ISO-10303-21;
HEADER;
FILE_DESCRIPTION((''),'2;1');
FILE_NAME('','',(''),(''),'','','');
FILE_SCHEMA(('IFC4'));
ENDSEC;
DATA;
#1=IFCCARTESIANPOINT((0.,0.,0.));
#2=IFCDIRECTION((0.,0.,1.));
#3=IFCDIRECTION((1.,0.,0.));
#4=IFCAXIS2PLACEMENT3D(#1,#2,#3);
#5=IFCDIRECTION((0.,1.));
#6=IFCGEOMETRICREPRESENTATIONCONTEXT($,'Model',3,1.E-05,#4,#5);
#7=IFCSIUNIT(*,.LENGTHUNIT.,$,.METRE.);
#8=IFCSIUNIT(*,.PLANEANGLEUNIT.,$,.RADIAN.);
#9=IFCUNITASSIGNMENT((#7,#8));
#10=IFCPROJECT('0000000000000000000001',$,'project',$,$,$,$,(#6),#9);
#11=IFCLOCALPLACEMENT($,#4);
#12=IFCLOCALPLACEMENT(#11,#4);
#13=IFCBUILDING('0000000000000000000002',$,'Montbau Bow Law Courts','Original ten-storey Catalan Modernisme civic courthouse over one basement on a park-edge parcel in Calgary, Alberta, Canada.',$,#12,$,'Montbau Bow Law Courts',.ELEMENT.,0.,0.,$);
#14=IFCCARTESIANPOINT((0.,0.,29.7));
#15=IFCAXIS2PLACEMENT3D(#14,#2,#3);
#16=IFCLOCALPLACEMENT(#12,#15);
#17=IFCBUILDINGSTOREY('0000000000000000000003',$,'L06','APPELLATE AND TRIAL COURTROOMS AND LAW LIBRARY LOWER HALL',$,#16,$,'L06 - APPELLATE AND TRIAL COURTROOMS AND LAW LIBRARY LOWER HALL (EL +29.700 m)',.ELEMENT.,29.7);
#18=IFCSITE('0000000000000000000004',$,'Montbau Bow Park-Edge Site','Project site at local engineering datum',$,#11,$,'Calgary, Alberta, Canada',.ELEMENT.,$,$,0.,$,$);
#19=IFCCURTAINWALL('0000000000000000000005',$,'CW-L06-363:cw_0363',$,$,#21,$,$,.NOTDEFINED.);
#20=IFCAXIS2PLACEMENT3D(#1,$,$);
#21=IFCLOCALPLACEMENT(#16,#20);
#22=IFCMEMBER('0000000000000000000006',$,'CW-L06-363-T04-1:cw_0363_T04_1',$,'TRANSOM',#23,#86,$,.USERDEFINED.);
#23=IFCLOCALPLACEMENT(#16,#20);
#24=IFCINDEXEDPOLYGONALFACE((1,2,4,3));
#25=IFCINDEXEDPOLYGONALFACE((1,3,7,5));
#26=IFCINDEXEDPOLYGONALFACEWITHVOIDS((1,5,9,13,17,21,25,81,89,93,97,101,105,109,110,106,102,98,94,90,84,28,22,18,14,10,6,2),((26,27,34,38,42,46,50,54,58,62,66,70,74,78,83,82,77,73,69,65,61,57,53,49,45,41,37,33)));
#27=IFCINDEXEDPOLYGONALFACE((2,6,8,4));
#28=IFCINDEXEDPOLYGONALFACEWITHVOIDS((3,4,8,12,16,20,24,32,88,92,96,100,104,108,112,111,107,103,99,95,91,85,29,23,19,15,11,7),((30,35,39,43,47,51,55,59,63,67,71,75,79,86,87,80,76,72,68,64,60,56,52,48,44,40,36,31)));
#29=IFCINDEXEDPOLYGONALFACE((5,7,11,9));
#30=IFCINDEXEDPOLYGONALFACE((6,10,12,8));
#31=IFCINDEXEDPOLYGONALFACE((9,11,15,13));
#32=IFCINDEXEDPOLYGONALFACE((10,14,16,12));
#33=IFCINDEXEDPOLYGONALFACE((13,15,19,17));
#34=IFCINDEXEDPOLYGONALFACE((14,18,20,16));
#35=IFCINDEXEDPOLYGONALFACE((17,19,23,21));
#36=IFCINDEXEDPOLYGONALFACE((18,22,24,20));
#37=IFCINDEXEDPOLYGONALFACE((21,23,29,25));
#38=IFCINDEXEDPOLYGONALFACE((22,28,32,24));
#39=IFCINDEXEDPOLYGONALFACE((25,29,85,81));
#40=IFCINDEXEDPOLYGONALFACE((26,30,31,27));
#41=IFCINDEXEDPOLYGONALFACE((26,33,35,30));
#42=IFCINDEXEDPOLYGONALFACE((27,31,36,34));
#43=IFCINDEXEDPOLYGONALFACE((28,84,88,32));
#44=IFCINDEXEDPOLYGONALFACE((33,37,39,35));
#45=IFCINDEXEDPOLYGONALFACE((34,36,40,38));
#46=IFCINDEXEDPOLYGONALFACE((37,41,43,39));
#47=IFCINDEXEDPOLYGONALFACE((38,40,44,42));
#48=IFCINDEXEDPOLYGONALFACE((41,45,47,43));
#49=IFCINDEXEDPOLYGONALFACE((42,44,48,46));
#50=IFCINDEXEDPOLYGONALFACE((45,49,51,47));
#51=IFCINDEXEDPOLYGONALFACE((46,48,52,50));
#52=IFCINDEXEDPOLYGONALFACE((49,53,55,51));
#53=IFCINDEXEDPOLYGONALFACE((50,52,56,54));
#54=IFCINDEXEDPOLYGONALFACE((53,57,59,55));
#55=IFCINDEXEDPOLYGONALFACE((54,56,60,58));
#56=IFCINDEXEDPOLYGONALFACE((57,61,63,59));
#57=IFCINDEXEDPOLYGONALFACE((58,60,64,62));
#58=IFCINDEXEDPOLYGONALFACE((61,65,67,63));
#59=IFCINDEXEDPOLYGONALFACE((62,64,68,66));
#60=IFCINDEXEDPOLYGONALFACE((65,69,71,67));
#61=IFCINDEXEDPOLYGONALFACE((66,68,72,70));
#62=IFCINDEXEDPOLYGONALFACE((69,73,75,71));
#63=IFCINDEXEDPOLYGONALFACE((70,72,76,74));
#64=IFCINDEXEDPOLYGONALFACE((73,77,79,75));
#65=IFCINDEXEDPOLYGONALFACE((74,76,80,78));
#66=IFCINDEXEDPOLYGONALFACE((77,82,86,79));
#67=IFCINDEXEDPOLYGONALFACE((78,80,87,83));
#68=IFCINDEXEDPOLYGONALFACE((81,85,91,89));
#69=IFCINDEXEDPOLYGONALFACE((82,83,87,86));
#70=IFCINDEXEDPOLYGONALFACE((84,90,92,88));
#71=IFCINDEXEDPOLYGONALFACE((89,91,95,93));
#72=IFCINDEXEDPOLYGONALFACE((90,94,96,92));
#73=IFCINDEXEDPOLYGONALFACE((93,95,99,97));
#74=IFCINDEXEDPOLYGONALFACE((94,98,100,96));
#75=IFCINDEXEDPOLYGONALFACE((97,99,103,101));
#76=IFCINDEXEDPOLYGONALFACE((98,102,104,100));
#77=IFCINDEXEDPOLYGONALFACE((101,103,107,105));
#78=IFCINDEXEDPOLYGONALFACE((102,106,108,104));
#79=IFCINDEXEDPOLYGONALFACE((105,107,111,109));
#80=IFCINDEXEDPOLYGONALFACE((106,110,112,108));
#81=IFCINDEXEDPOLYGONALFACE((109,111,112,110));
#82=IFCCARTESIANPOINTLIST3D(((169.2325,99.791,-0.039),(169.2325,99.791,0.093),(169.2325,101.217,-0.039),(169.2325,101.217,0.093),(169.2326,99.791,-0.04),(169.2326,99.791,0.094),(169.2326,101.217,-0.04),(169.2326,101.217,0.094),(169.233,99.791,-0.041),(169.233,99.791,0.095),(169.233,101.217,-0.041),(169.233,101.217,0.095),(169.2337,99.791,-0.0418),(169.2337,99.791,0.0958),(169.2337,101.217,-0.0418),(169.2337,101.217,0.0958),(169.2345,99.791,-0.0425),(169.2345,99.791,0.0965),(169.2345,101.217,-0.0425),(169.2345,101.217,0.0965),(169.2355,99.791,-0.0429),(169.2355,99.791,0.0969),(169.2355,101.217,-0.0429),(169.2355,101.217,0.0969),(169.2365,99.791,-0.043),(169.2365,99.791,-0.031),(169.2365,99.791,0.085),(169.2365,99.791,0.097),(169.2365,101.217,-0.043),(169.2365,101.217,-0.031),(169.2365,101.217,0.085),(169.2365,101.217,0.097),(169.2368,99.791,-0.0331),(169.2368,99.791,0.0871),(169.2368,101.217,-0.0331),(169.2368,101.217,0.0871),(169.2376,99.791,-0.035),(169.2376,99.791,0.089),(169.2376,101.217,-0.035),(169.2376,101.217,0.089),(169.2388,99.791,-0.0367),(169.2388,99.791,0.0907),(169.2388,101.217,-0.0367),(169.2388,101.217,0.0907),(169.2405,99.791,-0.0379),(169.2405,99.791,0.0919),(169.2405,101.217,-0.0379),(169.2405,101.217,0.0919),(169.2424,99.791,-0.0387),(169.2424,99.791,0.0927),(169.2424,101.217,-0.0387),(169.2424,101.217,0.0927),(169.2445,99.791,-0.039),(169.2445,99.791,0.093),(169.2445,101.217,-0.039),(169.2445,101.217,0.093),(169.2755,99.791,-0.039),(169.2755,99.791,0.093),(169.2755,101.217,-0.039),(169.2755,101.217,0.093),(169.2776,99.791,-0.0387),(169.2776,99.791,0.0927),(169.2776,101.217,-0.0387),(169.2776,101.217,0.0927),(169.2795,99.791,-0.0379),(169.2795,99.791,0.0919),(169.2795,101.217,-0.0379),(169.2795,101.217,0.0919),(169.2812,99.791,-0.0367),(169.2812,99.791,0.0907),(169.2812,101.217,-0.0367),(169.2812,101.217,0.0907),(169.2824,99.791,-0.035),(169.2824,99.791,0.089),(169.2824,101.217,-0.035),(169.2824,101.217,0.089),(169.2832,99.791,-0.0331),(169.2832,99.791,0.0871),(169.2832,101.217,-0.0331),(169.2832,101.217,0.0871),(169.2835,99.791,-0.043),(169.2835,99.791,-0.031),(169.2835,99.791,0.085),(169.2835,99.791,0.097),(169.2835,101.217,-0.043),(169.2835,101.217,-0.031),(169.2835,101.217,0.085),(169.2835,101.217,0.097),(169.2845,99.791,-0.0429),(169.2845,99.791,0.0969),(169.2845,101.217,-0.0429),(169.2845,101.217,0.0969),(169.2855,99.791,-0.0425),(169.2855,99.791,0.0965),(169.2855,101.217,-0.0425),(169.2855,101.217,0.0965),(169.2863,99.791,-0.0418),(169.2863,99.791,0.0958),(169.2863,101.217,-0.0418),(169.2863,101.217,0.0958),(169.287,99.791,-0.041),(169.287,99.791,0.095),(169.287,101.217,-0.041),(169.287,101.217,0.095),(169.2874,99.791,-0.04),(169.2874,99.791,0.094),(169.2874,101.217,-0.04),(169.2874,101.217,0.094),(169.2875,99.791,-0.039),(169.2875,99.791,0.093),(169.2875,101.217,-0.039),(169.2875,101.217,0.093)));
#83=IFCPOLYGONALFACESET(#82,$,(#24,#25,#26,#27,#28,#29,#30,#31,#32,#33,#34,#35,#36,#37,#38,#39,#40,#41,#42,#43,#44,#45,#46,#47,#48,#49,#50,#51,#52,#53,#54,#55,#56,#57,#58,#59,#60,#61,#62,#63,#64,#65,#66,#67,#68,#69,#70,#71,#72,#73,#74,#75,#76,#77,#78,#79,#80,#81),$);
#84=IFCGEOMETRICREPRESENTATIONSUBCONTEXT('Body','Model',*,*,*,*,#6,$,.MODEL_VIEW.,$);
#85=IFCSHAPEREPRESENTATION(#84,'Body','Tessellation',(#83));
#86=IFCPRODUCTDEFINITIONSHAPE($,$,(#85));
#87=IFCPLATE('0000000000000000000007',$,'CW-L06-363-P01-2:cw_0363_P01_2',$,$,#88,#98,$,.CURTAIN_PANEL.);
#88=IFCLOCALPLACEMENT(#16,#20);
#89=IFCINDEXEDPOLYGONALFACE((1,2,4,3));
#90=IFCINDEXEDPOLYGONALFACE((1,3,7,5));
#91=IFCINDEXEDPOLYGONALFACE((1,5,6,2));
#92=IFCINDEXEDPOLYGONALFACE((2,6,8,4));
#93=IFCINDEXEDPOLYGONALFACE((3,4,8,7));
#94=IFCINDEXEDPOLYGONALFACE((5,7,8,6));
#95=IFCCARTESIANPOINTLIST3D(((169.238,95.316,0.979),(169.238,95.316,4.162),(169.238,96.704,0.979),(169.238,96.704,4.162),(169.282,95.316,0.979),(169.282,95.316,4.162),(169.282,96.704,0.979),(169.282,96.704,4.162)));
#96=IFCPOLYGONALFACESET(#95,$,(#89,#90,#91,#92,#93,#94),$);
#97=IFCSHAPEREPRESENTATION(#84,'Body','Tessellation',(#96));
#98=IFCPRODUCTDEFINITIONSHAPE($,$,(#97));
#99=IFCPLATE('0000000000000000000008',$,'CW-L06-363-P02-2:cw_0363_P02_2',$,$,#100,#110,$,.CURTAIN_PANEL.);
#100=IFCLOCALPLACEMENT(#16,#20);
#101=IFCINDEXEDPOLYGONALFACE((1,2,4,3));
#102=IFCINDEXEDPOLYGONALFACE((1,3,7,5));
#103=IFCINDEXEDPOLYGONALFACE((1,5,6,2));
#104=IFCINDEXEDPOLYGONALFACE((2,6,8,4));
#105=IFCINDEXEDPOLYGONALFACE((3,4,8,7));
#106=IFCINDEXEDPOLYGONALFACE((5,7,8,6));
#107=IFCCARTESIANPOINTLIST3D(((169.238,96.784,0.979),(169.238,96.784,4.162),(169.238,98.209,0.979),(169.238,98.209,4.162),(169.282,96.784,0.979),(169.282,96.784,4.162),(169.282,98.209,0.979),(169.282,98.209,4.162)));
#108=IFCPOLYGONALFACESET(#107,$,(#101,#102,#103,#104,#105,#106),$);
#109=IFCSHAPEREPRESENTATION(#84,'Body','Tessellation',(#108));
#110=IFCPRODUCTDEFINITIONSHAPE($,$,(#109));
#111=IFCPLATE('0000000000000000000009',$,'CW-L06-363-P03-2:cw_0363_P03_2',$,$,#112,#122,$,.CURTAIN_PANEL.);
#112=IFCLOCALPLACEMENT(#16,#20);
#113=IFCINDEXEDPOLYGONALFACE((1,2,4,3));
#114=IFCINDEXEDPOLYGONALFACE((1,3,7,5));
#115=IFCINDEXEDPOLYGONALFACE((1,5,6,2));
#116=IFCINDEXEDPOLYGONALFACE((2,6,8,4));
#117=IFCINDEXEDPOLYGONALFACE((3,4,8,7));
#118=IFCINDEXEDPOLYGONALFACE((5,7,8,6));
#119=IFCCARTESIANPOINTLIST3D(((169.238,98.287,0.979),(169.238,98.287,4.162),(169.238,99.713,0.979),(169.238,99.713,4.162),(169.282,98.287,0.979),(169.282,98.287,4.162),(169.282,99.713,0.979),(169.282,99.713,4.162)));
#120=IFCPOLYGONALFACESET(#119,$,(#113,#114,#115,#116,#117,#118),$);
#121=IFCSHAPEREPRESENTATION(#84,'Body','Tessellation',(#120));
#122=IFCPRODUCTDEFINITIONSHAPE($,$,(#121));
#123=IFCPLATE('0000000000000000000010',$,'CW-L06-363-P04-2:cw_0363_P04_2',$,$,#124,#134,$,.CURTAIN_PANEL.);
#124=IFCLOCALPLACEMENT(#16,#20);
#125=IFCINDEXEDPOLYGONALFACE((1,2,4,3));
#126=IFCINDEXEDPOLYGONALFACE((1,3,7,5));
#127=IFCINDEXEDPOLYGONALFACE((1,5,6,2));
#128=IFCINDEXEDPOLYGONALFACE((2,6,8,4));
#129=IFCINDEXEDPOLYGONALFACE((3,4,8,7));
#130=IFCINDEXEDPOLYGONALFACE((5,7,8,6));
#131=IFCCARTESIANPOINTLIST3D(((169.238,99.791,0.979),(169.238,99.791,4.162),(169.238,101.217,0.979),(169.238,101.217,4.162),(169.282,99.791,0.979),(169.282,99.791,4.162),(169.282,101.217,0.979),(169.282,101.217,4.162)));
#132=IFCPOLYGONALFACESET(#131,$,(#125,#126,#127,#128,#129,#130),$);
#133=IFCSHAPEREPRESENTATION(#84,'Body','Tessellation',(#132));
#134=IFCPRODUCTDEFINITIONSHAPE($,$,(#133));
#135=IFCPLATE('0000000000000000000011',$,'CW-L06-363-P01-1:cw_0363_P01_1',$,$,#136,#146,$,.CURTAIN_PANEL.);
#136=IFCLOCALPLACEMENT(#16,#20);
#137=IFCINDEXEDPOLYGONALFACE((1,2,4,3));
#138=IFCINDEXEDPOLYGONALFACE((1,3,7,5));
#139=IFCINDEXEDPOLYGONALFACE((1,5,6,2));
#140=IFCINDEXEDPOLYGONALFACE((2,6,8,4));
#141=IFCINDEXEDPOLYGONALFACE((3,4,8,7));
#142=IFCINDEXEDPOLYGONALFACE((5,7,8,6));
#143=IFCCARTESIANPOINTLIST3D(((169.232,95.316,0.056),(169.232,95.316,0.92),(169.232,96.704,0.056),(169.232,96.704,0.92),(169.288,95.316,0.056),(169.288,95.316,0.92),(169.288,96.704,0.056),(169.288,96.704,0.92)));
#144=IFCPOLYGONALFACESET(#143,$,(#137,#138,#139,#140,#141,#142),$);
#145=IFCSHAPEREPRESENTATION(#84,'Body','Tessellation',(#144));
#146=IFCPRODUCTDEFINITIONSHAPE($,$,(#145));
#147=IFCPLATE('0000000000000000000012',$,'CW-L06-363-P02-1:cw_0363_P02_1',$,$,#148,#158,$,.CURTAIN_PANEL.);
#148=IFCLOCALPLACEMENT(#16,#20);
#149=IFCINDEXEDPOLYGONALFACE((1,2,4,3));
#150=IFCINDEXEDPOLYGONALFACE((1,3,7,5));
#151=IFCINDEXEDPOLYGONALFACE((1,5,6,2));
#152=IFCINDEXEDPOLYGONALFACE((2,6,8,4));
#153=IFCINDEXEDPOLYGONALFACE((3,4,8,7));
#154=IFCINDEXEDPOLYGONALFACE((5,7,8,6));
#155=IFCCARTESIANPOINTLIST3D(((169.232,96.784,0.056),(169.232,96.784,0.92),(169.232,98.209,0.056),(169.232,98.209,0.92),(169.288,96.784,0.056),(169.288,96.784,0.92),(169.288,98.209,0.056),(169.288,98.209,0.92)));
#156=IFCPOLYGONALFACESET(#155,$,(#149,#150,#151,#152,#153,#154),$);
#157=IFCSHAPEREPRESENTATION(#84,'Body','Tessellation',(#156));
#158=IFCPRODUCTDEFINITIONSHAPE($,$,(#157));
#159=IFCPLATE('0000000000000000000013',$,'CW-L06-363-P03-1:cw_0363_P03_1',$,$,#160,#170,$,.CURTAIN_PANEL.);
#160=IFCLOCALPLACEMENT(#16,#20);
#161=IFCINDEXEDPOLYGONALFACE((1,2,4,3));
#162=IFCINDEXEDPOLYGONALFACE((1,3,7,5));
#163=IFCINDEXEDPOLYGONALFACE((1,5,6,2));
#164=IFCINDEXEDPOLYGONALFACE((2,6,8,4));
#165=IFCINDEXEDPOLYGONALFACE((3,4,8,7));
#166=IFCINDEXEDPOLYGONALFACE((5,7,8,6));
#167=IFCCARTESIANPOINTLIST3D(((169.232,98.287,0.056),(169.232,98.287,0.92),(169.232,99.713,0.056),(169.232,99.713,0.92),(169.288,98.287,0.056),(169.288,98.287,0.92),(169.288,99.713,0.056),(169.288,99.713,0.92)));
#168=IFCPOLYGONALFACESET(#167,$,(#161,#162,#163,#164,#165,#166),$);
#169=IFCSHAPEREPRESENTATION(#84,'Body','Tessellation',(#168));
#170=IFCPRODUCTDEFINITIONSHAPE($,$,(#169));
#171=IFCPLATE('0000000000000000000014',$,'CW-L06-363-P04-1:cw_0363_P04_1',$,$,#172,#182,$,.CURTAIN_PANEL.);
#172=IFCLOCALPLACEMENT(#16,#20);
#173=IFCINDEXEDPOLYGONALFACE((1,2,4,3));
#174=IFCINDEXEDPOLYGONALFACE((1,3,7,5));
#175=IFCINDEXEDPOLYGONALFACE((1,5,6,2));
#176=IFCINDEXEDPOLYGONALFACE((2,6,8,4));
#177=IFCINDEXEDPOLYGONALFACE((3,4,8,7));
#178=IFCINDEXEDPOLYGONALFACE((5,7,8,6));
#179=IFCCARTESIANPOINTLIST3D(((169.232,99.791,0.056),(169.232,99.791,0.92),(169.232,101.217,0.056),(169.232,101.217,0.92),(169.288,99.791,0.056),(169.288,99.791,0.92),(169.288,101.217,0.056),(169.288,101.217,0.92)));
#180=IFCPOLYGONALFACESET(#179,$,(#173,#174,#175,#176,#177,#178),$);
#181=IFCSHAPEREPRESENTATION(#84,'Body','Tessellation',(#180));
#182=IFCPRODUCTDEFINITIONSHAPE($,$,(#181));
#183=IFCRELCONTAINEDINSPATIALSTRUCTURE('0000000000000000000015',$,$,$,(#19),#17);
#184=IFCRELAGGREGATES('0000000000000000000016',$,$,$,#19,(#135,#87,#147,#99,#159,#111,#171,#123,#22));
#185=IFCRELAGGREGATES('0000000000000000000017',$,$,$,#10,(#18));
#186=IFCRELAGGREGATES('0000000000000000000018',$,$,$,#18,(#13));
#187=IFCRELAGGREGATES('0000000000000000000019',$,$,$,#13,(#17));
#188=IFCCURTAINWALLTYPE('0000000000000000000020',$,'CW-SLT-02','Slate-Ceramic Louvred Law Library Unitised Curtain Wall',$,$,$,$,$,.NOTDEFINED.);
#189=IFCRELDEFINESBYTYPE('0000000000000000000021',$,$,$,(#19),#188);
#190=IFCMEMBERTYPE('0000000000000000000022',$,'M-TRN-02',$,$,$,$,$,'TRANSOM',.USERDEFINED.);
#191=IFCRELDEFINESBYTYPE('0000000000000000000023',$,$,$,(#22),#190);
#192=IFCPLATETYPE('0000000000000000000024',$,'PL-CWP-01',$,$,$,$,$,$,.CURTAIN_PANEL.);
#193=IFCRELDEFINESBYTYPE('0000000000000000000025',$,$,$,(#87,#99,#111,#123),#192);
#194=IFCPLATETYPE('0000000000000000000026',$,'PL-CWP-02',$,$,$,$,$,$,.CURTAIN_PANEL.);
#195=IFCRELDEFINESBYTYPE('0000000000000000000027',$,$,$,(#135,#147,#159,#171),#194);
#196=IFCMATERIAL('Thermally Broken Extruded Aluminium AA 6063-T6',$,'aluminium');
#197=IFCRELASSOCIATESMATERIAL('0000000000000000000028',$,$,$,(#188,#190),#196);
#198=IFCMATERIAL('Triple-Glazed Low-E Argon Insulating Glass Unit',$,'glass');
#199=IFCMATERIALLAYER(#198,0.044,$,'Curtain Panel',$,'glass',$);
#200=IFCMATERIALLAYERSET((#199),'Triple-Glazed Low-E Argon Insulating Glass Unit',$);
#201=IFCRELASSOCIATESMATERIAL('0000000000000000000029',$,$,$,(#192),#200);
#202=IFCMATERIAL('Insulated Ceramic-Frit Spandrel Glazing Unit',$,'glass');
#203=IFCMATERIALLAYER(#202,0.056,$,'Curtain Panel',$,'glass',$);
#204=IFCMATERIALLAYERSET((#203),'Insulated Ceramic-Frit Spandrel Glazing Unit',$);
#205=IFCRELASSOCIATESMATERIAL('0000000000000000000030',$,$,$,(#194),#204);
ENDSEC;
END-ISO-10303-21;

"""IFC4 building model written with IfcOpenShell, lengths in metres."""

from ifc_helpers import new_model, si_unit, direction, frame, frame_2d, origin_with_axes, origin_2d_with_axis, place, context, subcontext, project, spatial, rectangle, hollow_rectangle, extrude, material, layer, layer_set, material_profile, profile_set, type_object, element, aggregate, save


model = new_model("IFC4")

# Units and contexts
model_context = context("Model", 3, precision=1e-05, world=origin_with_axes(), true_north=direction((0.0, 1.0)))
body_context = subcontext(model_context, "Body", "Model", "MODEL_VIEW")
ifc_project = project(units=[si_unit("LENGTHUNIT", "METRE"), si_unit("PLANEANGLEUNIT", "RADIAN")], contexts=[model_context])

# Site, building, storey
site_placement = place(None, origin_with_axes())
site = spatial("IfcSite", under=ifc_project, at=site_placement, Name="Montbau Bow Park-Edge Site", Description="Project site at local engineering datum", LongName="Calgary, Alberta, Canada", CompositionType="ELEMENT", RefElevation=0.0)
building_placement = place(site_placement, origin_with_axes())
building = spatial("IfcBuilding", under=site, at=building_placement, Name="Montbau Bow Law Courts", Description="Original ten-storey Catalan Modernisme civic courthouse over one basement on a park-edge parcel in Calgary, Alberta, Canada.", LongName="Montbau Bow Law Courts", CompositionType="ELEMENT", ElevationOfRefHeight=0.0, ElevationOfTerrain=0.0)
storey_placement = place(building_placement, frame((0.0, 0.0, 29.7), z_axis=(0.0, 0.0, 1.0), x_axis=(1.0, 0.0, 0.0)))
storey = spatial("IfcBuildingStorey", under=building, at=storey_placement, Name="L06", Description="APPELLATE AND TRIAL COURTROOMS AND LAW LIBRARY LOWER HALL", LongName="L06 - APPELLATE AND TRIAL COURTROOMS AND LAW LIBRARY LOWER HALL (EL +29.700 m)", CompositionType="ELEMENT", Elevation=29.7)

# Curtain wall, member, plates
ifc_material_1 = material(Name="Thermally Broken Extruded Aluminium AA 6063-T6", Category="aluminium")
curtain_wall_type = type_object("IfcCurtainWallType", Name="CW-SLT-02", Description="Slate-Ceramic Louvred Law Library Unitised Curtain Wall", PredefinedType="NOTDEFINED", material=ifc_material_1)
curtain_wall_placement = place(None, frame((169.26, 95.24, 29.7), z_axis=(0.0, 0.0, 1.0), x_axis=(1.0, 0.0, 0.0)))
curtain_wall = element("IfcCurtainWall", 1, at=curtain_wall_placement, inside=storey, type_object=curtain_wall_type, Name="CW-L06-363:cw_0363", PredefinedType="NOTDEFINED")
ifc_material_profile_1 = material_profile(ifc_material_1, hollow_rectangle(XDim=0.055, YDim=0.14, WallThickness=0.004, InnerFilletRadius=0.008, OuterFilletRadius=0.004, at=origin_2d_with_axis()), Name="CWT-140X55", Category="Main", Priority=0)
ifc_profile_set_1 = profile_set([ifc_material_profile_1], Name="Thermally Broken Extruded Aluminium AA 6063-T6")
member_type_1 = type_object("IfcMemberType", Name="M-TRN-02", ElementType="TRANSOM", PredefinedType="USERDEFINED", material=ifc_profile_set_1)
member_1_placement = place(None, frame((169.26, 99.791, 29.727), z_axis=(0.0, 1.0, 0.0), x_axis=(-1.0, 0.0, 0.0)))
member_1 = element("IfcMember", 2, at=member_1_placement, type_object=member_type_1, Name="CW-L06-363-T04-1:cw_0363_T04_1", ObjectType="TRANSOM", PredefinedType="USERDEFINED", context=body_context, shape_type="SweptSolid", body=[
    extrude(hollow_rectangle(XDim=0.055, YDim=0.14, WallThickness=0.004, InnerFilletRadius=0.008, OuterFilletRadius=0.004, at=origin_2d_with_axis()), origin_with_axes(), (0.0, 0.0, 1.0), 1.426),
])
ifc_material_2 = material(Name="Triple-Glazed Low-E Argon Insulating Glass Unit", Category="glass")
ifc_layer_1 = layer(ifc_material_2, 0.044, Name="Curtain Panel", Category="glass")
ifc_layer_set_1 = layer_set([ifc_layer_1], Name="Triple-Glazed Low-E Argon Insulating Glass Unit")
plate_type_1 = type_object("IfcPlateType", Name="PL-CWP-01", PredefinedType="CURTAIN_PANEL", material=ifc_layer_set_1)
plate_1_placement = place(None, frame((169.26, 95.316, 30.679), z_axis=(1.0, 0.0, 0.0), x_axis=(0.0, 1.0, 0.0)))
plate_1 = element("IfcPlate", 3, at=plate_1_placement, type_object=plate_type_1, Name="CW-L06-363-P01-2:cw_0363_P01_2", PredefinedType="CURTAIN_PANEL", context=body_context, shape_type="SweptSolid", body=[
    extrude(rectangle(XDim=1.388, YDim=3.183, at=frame_2d((0.694, 1.5915), x_axis=(1.0, 0.0))), frame((0.0, 0.0, -0.022), z_axis=(0.0, 0.0, 1.0), x_axis=(1.0, 0.0, 0.0)), (0.0, 0.0, 1.0), 0.044),
])
plate_2_placement = place(None, frame((169.26, 96.784, 30.679), z_axis=(1.0, 0.0, 0.0), x_axis=(0.0, 1.0, 0.0)))
plate_2 = element("IfcPlate", 4, at=plate_2_placement, type_object=plate_type_1, Name="CW-L06-363-P02-2:cw_0363_P02_2", PredefinedType="CURTAIN_PANEL", context=body_context, shape_type="SweptSolid", body=[
    extrude(rectangle(XDim=1.425, YDim=3.183, at=frame_2d((0.7125, 1.5915), x_axis=(1.0, 0.0))), frame((0.0, 0.0, -0.022), z_axis=(0.0, 0.0, 1.0), x_axis=(1.0, 0.0, 0.0)), (0.0, 0.0, 1.0), 0.044),
])
plate_3_placement = place(None, frame((169.26, 98.287, 30.679), z_axis=(1.0, 0.0, 0.0), x_axis=(0.0, 1.0, 0.0)))
plate_3 = element("IfcPlate", 5, at=plate_3_placement, type_object=plate_type_1, Name="CW-L06-363-P03-2:cw_0363_P03_2", PredefinedType="CURTAIN_PANEL", context=body_context, shape_type="SweptSolid", body=[
    extrude(rectangle(XDim=1.426, YDim=3.183, at=frame_2d((0.713, 1.5915), x_axis=(1.0, 0.0))), frame((0.0, 0.0, -0.022), z_axis=(0.0, 0.0, 1.0), x_axis=(1.0, 0.0, 0.0)), (0.0, 0.0, 1.0), 0.044),
])
plate_4_placement = place(None, frame((169.26, 99.791, 30.679), z_axis=(1.0, 0.0, 0.0), x_axis=(0.0, 1.0, 0.0)))
plate_4 = element("IfcPlate", 6, at=plate_4_placement, type_object=plate_type_1, Name="CW-L06-363-P04-2:cw_0363_P04_2", PredefinedType="CURTAIN_PANEL", context=body_context, shape_type="SweptSolid", body=[
    extrude(rectangle(XDim=1.426, YDim=3.183, at=frame_2d((0.713, 1.5915), x_axis=(1.0, 0.0))), frame((0.0, 0.0, -0.022), z_axis=(0.0, 0.0, 1.0), x_axis=(1.0, 0.0, 0.0)), (0.0, 0.0, 1.0), 0.044),
])
ifc_material_3 = material(Name="Insulated Ceramic-Frit Spandrel Glazing Unit", Category="glass")
ifc_layer_2 = layer(ifc_material_3, 0.056, Name="Curtain Panel", Category="glass")
ifc_layer_set_2 = layer_set([ifc_layer_2], Name="Insulated Ceramic-Frit Spandrel Glazing Unit")
plate_type_2 = type_object("IfcPlateType", Name="PL-CWP-02", PredefinedType="CURTAIN_PANEL", material=ifc_layer_set_2)
plate_5_placement = place(None, frame((169.26, 95.316, 29.756), z_axis=(1.0, 0.0, 0.0), x_axis=(0.0, 1.0, 0.0)))
plate_5 = element("IfcPlate", 7, at=plate_5_placement, type_object=plate_type_2, Name="CW-L06-363-P01-1:cw_0363_P01_1", PredefinedType="CURTAIN_PANEL", context=body_context, shape_type="SweptSolid", body=[
    extrude(rectangle(XDim=1.388, YDim=0.864, at=frame_2d((0.694, 0.432), x_axis=(1.0, 0.0))), frame((0.0, 0.0, -0.028), z_axis=(0.0, 0.0, 1.0), x_axis=(1.0, 0.0, 0.0)), (0.0, 0.0, 1.0), 0.056),
])
plate_6_placement = place(None, frame((169.26, 96.784, 29.756), z_axis=(1.0, 0.0, 0.0), x_axis=(0.0, 1.0, 0.0)))
plate_6 = element("IfcPlate", 8, at=plate_6_placement, type_object=plate_type_2, Name="CW-L06-363-P02-1:cw_0363_P02_1", PredefinedType="CURTAIN_PANEL", context=body_context, shape_type="SweptSolid", body=[
    extrude(rectangle(XDim=1.425, YDim=0.864, at=frame_2d((0.7125, 0.432), x_axis=(1.0, 0.0))), frame((0.0, 0.0, -0.028), z_axis=(0.0, 0.0, 1.0), x_axis=(1.0, 0.0, 0.0)), (0.0, 0.0, 1.0), 0.056),
])
plate_7_placement = place(None, frame((169.26, 98.287, 29.756), z_axis=(1.0, 0.0, 0.0), x_axis=(0.0, 1.0, 0.0)))
plate_7 = element("IfcPlate", 9, at=plate_7_placement, type_object=plate_type_2, Name="CW-L06-363-P03-1:cw_0363_P03_1", PredefinedType="CURTAIN_PANEL", context=body_context, shape_type="SweptSolid", body=[
    extrude(rectangle(XDim=1.426, YDim=0.864, at=frame_2d((0.713, 0.432), x_axis=(1.0, 0.0))), frame((0.0, 0.0, -0.028), z_axis=(0.0, 0.0, 1.0), x_axis=(1.0, 0.0, 0.0)), (0.0, 0.0, 1.0), 0.056),
])
plate_8_placement = place(None, frame((169.26, 99.791, 29.756), z_axis=(1.0, 0.0, 0.0), x_axis=(0.0, 1.0, 0.0)))
plate_8 = element("IfcPlate", 10, at=plate_8_placement, type_object=plate_type_2, Name="CW-L06-363-P04-1:cw_0363_P04_1", PredefinedType="CURTAIN_PANEL", context=body_context, shape_type="SweptSolid", body=[
    extrude(rectangle(XDim=1.426, YDim=0.864, at=frame_2d((0.713, 0.432), x_axis=(1.0, 0.0))), frame((0.0, 0.0, -0.028), z_axis=(0.0, 0.0, 1.0), x_axis=(1.0, 0.0, 0.0)), (0.0, 0.0, 1.0), 0.056),
])
aggregate(curtain_wall, [plate_5, plate_1, plate_6, plate_2, plate_7, plate_3, plate_8, plate_4, member_1])

save(model, "model.ifc")
